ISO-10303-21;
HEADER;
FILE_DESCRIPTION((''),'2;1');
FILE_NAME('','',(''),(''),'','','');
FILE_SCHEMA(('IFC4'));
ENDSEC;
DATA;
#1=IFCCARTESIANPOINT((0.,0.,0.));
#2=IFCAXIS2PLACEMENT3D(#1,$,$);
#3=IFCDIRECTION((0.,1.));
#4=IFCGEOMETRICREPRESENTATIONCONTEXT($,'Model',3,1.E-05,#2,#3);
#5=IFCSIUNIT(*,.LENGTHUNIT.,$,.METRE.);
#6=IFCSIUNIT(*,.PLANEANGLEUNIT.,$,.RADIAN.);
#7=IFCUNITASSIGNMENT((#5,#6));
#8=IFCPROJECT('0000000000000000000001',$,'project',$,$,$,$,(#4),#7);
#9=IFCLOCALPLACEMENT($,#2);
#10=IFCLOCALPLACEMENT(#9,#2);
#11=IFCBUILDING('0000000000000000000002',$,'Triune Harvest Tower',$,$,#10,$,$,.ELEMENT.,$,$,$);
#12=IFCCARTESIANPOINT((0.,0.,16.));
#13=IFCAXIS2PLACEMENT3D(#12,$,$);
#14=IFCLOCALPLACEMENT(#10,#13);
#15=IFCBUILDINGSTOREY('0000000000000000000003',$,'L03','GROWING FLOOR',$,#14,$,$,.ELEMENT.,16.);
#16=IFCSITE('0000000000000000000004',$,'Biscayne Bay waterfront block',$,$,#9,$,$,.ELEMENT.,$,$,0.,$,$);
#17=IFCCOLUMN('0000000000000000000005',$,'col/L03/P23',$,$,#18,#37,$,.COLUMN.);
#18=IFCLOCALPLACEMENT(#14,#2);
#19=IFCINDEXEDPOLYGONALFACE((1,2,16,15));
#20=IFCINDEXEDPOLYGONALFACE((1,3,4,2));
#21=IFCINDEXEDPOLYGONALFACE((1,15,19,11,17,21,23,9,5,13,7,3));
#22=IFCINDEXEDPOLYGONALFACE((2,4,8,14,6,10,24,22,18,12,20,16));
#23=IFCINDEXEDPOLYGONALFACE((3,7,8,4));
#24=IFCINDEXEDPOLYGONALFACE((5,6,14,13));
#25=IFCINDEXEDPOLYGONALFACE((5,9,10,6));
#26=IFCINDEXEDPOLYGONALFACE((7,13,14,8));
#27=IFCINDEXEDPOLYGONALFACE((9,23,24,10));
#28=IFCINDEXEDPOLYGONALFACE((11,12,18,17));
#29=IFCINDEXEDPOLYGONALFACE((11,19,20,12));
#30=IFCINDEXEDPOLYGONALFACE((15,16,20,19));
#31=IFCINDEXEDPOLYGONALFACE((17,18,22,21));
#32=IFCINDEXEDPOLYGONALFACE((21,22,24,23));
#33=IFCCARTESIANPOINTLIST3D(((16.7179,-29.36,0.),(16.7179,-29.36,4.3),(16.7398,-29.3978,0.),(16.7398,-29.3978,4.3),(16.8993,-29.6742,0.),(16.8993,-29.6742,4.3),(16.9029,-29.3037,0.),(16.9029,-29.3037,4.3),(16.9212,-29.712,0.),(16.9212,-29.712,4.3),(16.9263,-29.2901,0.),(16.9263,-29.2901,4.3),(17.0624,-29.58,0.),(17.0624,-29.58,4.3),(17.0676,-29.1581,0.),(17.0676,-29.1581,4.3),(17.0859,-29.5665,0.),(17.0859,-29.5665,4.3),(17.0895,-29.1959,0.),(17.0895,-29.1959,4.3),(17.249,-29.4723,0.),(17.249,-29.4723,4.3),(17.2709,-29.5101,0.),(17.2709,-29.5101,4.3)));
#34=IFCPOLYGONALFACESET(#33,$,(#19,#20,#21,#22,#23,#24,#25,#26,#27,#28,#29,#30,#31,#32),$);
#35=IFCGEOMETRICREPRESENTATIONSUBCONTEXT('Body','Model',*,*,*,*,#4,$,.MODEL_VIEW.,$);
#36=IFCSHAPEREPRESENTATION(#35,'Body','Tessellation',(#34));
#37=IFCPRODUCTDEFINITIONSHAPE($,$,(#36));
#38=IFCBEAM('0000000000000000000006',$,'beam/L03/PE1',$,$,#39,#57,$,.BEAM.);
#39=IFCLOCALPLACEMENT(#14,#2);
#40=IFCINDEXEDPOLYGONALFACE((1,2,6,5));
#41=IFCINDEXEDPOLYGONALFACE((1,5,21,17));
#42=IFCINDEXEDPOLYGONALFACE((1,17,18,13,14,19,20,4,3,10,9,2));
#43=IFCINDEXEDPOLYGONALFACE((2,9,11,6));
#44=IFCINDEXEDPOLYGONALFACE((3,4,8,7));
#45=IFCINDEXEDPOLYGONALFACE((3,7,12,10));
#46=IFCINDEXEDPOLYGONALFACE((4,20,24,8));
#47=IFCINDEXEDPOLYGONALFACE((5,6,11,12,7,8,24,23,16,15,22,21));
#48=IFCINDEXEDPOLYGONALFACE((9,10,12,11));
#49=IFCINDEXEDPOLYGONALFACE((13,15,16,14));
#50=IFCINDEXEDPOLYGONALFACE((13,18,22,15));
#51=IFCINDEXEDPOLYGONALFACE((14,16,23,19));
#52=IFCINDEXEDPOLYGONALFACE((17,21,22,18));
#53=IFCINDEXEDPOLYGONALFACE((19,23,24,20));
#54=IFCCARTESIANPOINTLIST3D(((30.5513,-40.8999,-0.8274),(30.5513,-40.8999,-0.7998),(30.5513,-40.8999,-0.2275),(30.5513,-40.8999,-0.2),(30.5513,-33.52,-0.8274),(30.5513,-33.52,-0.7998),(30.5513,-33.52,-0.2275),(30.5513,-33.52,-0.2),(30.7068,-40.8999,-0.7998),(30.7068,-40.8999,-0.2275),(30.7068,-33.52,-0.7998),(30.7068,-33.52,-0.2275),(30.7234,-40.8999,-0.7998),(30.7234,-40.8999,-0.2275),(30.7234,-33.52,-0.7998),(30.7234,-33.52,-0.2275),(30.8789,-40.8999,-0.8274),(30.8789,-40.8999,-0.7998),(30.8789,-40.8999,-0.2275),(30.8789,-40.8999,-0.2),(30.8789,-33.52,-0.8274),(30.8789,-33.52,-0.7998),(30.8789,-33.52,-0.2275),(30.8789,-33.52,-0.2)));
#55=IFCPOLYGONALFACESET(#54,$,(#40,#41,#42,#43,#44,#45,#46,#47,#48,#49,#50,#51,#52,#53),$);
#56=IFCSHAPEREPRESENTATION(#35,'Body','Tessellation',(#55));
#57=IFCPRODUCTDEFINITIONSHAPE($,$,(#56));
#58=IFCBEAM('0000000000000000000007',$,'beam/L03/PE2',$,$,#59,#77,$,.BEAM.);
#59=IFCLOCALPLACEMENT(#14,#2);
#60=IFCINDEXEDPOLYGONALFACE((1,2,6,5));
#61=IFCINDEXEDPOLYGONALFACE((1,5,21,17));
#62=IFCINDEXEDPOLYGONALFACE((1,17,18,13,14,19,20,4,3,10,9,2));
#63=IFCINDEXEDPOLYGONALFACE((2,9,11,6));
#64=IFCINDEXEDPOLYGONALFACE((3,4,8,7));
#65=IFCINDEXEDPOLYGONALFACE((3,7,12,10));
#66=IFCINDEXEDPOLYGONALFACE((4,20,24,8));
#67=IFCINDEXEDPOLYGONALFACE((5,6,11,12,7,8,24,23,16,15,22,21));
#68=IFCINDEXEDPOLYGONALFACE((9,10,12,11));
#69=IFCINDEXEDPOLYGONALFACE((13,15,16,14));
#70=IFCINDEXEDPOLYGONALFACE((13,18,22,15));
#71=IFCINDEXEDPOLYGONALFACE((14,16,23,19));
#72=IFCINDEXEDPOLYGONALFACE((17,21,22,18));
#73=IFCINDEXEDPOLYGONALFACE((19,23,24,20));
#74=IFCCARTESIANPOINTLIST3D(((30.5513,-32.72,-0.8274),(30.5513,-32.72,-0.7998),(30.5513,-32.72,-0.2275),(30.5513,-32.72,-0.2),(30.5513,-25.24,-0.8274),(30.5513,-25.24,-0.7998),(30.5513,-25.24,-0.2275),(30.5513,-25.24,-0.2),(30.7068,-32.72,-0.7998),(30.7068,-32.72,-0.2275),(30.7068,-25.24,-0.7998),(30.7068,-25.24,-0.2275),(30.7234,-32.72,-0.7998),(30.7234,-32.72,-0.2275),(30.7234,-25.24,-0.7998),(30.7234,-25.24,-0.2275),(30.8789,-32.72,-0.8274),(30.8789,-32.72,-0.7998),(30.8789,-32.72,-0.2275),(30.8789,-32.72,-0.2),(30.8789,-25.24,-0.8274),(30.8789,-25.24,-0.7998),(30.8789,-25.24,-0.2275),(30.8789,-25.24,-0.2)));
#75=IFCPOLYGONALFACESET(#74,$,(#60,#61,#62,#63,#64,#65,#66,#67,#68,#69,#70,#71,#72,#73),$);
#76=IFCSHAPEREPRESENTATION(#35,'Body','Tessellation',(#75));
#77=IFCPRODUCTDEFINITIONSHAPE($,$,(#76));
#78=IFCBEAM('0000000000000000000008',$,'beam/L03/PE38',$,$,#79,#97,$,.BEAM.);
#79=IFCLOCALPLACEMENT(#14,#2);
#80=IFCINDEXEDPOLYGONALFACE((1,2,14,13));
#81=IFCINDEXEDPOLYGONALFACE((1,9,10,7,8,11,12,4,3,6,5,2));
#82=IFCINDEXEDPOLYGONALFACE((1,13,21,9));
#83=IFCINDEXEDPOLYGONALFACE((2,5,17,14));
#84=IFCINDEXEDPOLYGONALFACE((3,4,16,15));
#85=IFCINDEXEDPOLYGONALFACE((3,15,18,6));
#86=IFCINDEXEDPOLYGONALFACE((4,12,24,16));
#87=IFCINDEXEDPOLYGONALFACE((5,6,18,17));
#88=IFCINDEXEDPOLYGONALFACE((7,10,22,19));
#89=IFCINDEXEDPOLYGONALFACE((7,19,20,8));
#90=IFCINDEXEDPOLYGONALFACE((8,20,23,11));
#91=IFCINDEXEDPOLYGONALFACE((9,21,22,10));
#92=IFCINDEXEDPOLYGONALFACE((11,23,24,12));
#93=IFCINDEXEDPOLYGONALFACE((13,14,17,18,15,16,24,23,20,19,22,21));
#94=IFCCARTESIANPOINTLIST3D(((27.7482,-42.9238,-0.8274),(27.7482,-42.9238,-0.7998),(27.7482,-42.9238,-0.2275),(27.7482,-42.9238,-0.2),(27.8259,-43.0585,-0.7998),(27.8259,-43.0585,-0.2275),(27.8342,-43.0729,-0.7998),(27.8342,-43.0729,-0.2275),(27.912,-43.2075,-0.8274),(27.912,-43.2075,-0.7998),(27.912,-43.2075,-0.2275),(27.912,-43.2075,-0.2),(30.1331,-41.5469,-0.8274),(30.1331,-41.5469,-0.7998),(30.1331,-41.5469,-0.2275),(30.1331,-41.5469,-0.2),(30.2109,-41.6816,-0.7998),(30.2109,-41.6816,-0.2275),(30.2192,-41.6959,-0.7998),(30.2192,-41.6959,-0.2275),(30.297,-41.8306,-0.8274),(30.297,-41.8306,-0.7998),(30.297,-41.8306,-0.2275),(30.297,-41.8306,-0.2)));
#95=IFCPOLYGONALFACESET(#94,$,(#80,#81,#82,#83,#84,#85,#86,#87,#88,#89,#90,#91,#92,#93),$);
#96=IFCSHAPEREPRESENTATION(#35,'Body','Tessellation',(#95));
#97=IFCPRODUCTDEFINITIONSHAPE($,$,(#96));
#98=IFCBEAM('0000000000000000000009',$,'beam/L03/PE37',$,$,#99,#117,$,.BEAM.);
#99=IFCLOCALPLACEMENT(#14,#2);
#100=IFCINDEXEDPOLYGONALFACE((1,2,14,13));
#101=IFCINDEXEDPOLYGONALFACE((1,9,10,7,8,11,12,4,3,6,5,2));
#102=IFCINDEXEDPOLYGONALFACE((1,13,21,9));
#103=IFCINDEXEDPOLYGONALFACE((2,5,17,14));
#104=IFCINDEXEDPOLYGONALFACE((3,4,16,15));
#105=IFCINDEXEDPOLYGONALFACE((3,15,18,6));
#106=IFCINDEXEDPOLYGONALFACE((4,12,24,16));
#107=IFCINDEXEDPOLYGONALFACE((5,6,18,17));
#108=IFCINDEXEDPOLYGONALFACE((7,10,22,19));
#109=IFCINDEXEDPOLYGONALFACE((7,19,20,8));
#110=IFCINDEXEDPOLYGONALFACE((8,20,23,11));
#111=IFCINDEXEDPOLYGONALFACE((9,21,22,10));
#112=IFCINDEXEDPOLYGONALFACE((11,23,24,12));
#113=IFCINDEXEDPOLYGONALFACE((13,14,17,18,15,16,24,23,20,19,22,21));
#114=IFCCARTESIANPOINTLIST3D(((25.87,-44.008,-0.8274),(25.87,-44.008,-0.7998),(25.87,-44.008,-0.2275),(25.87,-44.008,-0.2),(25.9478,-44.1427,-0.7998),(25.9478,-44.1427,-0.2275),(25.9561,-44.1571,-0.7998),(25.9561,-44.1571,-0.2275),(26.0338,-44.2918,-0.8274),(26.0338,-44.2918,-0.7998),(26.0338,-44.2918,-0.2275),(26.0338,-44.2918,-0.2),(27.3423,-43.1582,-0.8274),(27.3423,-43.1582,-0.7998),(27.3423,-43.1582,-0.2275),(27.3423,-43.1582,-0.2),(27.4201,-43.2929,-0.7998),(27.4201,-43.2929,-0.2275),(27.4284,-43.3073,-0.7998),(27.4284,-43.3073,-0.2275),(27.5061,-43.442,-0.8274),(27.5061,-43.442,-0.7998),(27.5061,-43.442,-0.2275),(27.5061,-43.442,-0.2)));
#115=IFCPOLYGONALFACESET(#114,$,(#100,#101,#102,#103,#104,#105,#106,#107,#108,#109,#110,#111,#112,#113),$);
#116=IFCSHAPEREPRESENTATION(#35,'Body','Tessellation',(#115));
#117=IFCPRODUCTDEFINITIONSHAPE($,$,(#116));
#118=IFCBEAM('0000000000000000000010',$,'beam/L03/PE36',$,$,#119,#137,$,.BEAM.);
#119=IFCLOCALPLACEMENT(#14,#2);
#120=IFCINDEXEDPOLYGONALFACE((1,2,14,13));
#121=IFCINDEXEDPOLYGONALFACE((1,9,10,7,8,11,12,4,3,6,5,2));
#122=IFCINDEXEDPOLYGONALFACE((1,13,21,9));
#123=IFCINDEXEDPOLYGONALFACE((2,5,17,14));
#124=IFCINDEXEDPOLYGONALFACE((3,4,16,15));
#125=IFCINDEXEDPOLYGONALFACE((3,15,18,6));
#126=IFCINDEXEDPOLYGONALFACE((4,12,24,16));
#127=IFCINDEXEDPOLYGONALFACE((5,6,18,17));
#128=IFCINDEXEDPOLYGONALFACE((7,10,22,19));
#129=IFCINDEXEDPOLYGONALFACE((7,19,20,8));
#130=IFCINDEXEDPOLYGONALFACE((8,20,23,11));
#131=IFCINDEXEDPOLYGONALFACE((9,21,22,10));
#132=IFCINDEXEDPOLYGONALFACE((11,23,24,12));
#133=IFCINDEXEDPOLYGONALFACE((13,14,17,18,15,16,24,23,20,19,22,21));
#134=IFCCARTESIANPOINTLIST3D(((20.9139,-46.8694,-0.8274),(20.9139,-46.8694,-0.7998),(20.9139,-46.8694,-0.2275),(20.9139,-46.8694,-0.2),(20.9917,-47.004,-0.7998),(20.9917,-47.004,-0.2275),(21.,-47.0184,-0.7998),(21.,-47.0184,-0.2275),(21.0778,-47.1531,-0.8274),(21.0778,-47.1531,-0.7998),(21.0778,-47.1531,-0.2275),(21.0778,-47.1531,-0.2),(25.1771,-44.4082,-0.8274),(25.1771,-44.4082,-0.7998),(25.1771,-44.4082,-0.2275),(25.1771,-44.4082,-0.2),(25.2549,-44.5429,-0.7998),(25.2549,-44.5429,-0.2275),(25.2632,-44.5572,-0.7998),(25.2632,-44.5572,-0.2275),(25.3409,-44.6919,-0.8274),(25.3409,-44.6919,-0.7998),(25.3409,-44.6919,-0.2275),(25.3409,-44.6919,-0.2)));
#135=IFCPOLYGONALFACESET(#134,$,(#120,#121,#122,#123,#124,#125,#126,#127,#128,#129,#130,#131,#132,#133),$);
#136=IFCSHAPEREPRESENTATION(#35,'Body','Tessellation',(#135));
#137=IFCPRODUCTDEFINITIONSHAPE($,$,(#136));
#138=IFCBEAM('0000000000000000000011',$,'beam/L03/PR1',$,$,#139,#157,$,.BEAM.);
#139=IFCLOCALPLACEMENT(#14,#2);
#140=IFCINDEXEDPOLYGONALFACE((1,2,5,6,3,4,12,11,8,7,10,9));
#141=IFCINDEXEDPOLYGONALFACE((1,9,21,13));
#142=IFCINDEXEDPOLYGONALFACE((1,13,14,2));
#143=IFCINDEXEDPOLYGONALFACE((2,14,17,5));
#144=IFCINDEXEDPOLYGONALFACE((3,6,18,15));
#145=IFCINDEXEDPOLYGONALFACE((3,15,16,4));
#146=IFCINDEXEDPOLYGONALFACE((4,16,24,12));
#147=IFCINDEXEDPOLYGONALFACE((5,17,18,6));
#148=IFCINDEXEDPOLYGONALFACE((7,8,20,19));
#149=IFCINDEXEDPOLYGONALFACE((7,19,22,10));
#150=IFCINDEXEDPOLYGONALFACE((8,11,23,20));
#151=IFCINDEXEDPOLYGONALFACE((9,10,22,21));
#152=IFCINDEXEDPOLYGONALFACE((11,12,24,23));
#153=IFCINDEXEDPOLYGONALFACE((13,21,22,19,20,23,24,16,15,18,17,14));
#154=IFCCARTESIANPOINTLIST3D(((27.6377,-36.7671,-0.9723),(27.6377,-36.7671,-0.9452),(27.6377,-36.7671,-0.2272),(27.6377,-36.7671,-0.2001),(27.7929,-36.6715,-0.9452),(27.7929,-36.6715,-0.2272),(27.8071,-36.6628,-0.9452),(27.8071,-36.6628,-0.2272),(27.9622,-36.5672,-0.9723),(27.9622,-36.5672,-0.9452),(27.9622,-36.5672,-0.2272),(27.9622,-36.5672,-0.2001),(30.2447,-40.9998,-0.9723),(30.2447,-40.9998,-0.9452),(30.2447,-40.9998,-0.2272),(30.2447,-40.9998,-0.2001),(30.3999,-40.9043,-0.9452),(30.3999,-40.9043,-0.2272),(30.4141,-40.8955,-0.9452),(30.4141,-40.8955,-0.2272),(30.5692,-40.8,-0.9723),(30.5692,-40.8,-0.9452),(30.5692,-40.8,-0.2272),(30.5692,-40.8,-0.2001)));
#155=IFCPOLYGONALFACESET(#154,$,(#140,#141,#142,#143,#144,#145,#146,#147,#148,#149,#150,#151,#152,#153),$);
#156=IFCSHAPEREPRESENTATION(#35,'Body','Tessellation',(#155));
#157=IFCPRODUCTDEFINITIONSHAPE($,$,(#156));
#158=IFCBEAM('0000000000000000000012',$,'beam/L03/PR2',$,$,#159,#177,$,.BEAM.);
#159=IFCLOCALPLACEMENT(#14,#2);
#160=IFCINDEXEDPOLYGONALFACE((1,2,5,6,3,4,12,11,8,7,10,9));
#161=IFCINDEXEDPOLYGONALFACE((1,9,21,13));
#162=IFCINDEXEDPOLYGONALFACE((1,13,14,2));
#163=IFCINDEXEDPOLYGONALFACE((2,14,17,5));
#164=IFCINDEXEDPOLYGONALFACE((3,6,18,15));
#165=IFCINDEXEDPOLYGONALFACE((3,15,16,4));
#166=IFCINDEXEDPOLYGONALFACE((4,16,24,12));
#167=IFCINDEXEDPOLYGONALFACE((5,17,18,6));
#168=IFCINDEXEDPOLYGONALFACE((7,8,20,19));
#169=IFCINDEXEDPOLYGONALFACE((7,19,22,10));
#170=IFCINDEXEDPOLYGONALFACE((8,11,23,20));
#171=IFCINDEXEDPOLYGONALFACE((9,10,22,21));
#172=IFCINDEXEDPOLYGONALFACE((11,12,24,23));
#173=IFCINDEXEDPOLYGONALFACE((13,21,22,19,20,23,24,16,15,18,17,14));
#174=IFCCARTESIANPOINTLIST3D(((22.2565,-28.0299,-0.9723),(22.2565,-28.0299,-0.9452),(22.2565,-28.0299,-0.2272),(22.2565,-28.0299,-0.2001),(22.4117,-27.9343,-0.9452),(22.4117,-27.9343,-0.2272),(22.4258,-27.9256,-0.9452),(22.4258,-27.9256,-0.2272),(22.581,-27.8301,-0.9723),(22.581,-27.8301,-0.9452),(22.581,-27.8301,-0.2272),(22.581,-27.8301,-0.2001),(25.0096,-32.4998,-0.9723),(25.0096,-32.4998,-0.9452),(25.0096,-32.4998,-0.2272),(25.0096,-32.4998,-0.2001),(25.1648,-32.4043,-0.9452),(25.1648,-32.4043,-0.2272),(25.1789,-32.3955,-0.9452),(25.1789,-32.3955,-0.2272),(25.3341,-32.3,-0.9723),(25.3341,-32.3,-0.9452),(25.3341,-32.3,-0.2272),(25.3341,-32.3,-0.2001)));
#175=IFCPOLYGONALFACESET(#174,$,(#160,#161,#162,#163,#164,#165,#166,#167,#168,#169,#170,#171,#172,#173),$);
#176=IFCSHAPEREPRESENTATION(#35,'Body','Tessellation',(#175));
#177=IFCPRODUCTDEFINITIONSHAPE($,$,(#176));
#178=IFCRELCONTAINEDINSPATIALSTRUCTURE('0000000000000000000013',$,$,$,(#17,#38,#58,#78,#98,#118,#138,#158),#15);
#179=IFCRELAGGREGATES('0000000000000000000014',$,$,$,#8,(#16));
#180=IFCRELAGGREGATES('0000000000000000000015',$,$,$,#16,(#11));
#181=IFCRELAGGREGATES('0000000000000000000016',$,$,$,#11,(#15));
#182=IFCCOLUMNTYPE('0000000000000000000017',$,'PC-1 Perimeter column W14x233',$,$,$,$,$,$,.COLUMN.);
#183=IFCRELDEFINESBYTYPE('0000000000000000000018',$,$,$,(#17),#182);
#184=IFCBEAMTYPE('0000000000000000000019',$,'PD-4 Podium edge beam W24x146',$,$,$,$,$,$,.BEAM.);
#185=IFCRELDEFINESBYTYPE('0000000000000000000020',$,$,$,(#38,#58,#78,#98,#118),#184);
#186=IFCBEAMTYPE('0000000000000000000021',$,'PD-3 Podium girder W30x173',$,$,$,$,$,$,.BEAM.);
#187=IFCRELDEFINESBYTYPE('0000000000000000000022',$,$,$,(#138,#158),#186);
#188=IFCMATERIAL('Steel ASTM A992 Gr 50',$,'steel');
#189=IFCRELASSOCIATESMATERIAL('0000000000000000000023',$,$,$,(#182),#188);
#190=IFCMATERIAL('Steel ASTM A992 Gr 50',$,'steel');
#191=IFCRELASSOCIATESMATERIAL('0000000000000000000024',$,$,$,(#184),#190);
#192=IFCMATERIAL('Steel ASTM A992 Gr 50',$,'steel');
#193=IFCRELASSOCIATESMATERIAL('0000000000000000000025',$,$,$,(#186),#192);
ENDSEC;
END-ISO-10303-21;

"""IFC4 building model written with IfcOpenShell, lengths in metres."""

from ifc_helpers import new_model, si_unit, direction, frame, origin, origin_2d, place, context, subcontext, project, spatial, i_section, extrude, source, transform, mapped, material, material_profile, profile_set, type_object, element, save


model = new_model("IFC4")

# Units and contexts
model_context = context("Model", 3, precision=1e-05, world=origin(), true_north=direction((0.0, 1.0)))
body_context = subcontext(model_context, "Body", "Model", "MODEL_VIEW")
ifc_project = project(units=[si_unit("LENGTHUNIT", "METRE"), si_unit("PLANEANGLEUNIT", "RADIAN")], contexts=[model_context])

# Site, building, storey
site_placement = place(None, origin())
site = spatial("IfcSite", under=ifc_project, at=site_placement, Name="Biscayne Bay waterfront block", CompositionType="ELEMENT", RefElevation=0.0)
building_placement = place(site_placement, origin())
building = spatial("IfcBuilding", under=site, at=building_placement, Name="Triune Harvest Tower", CompositionType="ELEMENT")
storey_placement = place(building_placement, frame((0.0, 0.0, 16.0)))
storey = spatial("IfcBuildingStorey", under=building, at=storey_placement, Name="L03", Description="GROWING FLOOR", CompositionType="ELEMENT", Elevation=16.0)

# Column
ifc_material_1 = material(Name="Steel ASTM A992 Gr 50", Category="steel")
ifc_material_profile_1 = material_profile(ifc_material_1, i_section(OverallWidth=0.4038, OverallDepth=0.4065, WebThickness=0.0271, FlangeThickness=0.0437, at=origin_2d()), Name="W14x233")
ifc_profile_set_1 = profile_set([ifc_material_profile_1], Name="Steel ASTM A992 Gr 50")
column_type = type_object("IfcColumnType", Name="PC-1 Perimeter column W14x233", PredefinedType="COLUMN", material=ifc_profile_set_1)
shared_shape_1 = source(origin(), body_context, "Body", "SweptSolid", [
    extrude(i_section(OverallWidth=0.4038, OverallDepth=0.4065, WebThickness=0.0271, FlangeThickness=0.0437, at=origin_2d()), origin(), (0.0, 0.0, 1.0), 4.3),
])
column_placement = place(storey_placement, frame((16.9944, -29.4351, 0.0), z_axis=(0.0, 0.0, 1.0), x_axis=(0.866026, 0.499998, 0.0)))
element("IfcColumn", 1, at=column_placement, inside=storey, type_object=column_type, Name="col/L03/P23", PredefinedType="COLUMN", context=body_context, shape_type="MappedRepresentation", body=[
    mapped(shared_shape_1, transform((0.0, 0.0, 0.0), scale=1.0)),
])

# Beams
ifc_material_2 = material(Name="Steel ASTM A992 Gr 50", Category="steel")
ifc_material_profile_2 = material_profile(ifc_material_2, i_section(OverallWidth=0.3276, OverallDepth=0.6274, WebThickness=0.0166, FlangeThickness=0.0276, at=origin_2d()), Name="W24x146")
ifc_profile_set_2 = profile_set([ifc_material_profile_2], Name="Steel ASTM A992 Gr 50")
beam_type_1 = type_object("IfcBeamType", Name="PD-4 Podium edge beam W24x146", PredefinedType="BEAM", material=ifc_profile_set_2)
shared_shape_2 = source(origin(), body_context, "Body", "SweptSolid", [
    extrude(i_section(OverallWidth=0.3276, OverallDepth=0.6274, WebThickness=0.0166, FlangeThickness=0.0276, at=origin_2d()), origin(), (0.0, 0.0, 1.0), 7.3799),
])
beam_1_placement = place(storey_placement, frame((30.7151, -40.8999, -0.5137), z_axis=(0.0, 1.0, 0.0), x_axis=(-1.0, 0.0, 0.0)))
element("IfcBeam", 2, at=beam_1_placement, inside=storey, type_object=beam_type_1, Name="beam/L03/PE1", PredefinedType="BEAM", context=body_context, shape_type="MappedRepresentation", body=[
    mapped(shared_shape_2, transform((0.0, 0.0, 0.0), scale=1.0)),
])
shared_shape_3 = source(origin(), body_context, "Body", "SweptSolid", [
    extrude(i_section(OverallWidth=0.3276, OverallDepth=0.6274, WebThickness=0.0166, FlangeThickness=0.0276, at=origin_2d()), origin(), (0.0, 0.0, 1.0), 7.48),
])
beam_2_placement = place(storey_placement, frame((30.7151, -32.72, -0.5137), z_axis=(0.0, 1.0, 0.0), x_axis=(-1.0, 0.0, 0.0)))
element("IfcBeam", 3, at=beam_2_placement, inside=storey, type_object=beam_type_1, Name="beam/L03/PE2", PredefinedType="BEAM", context=body_context, shape_type="MappedRepresentation", body=[
    mapped(shared_shape_3, transform((0.0, 0.0, 0.0), scale=1.0)),
])
shared_shape_4 = source(origin(), body_context, "Body", "SweptSolid", [
    extrude(i_section(OverallWidth=0.3276, OverallDepth=0.6274, WebThickness=0.0166, FlangeThickness=0.0276, at=origin_2d()), origin(), (0.0, 0.0, 1.0), 2.7539),
])
beam_3_placement = place(storey_placement, frame((27.8301, -43.0657, -0.5137), z_axis=(0.866031, 0.499991, 0.0), x_axis=(-0.499991, 0.866031, 0.0)))
element("IfcBeam", 4, at=beam_3_placement, inside=storey, type_object=beam_type_1, Name="beam/L03/PE38", PredefinedType="BEAM", context=body_context, shape_type="MappedRepresentation", body=[
    mapped(shared_shape_4, transform((0.0, 0.0, 0.0), scale=1.0)),
])
shared_shape_5 = source(origin(), body_context, "Body", "SweptSolid", [
    extrude(i_section(OverallWidth=0.3276, OverallDepth=0.6274, WebThickness=0.0166, FlangeThickness=0.0276, at=origin_2d()), origin(), (0.0, 0.0, 1.0), 1.7),
])
beam_4_placement = place(storey_placement, frame((25.9519, -44.1499, -0.5137), z_axis=(0.866088, 0.499892, 0.0), x_axis=(-0.499892, 0.866088, 0.0)))
element("IfcBeam", 5, at=beam_4_placement, inside=storey, type_object=beam_type_1, Name="beam/L03/PE37", PredefinedType="BEAM", context=body_context, shape_type="MappedRepresentation", body=[
    mapped(shared_shape_5, transform((0.0, 0.0, 0.0), scale=1.0)),
])
shared_shape_6 = source(origin(), body_context, "Body", "SweptSolid", [
    extrude(i_section(OverallWidth=0.3276, OverallDepth=0.6274, WebThickness=0.0166, FlangeThickness=0.0276, at=origin_2d()), origin(), (0.0, 0.0, 1.0), 4.9226),
])
beam_5_placement = place(storey_placement, frame((20.9958, -47.0112, -0.5137), z_axis=(0.86604, 0.499974, 0.0), x_axis=(-0.499974, 0.86604, 0.0)))
element("IfcBeam", 6, at=beam_5_placement, inside=storey, type_object=beam_type_1, Name="beam/L03/PE36", PredefinedType="BEAM", context=body_context, shape_type="MappedRepresentation", body=[
    mapped(shared_shape_6, transform((0.0, 0.0, 0.0), scale=1.0)),
])
ifc_material_3 = material(Name="Steel ASTM A992 Gr 50", Category="steel")
ifc_material_profile_3 = material_profile(ifc_material_3, i_section(OverallWidth=0.3811, OverallDepth=0.7722, WebThickness=0.0166, FlangeThickness=0.0271, at=origin_2d()), Name="W30x173")
ifc_profile_set_3 = profile_set([ifc_material_profile_3], Name="Steel ASTM A992 Gr 50")
beam_type_2 = type_object("IfcBeamType", Name="PD-3 Podium girder W30x173", PredefinedType="BEAM", material=ifc_profile_set_3)
shared_shape_7 = source(origin(), body_context, "Body", "SweptSolid", [
    extrude(i_section(OverallWidth=0.3811, OverallDepth=0.7722, WebThickness=0.0166, FlangeThickness=0.0271, at=origin_2d()), origin(), (0.0, 0.0, 1.0), 4.9712),
])
beam_6_placement = place(storey_placement, frame((30.407, -40.8999, -0.5862), z_axis=(-0.524421, 0.851459, 0.0), x_axis=(-0.851459, -0.524421, 0.0)))
element("IfcBeam", 7, at=beam_6_placement, inside=storey, type_object=beam_type_2, Name="beam/L03/PR1", PredefinedType="BEAM", context=body_context, shape_type="MappedRepresentation", body=[
    mapped(shared_shape_7, transform((0.0, 0.0, 0.0), scale=1.0)),
])
shared_shape_8 = source(origin(), body_context, "Body", "SweptSolid", [
    extrude(i_section(OverallWidth=0.3811, OverallDepth=0.7722, WebThickness=0.0166, FlangeThickness=0.0271, at=origin_2d()), origin(), (0.0, 0.0, 1.0), 5.2498),
])
beam_7_placement = place(storey_placement, frame((25.1719, -32.3999, -0.5862), z_axis=(-0.524432, 0.851452, 0.0), x_axis=(-0.851452, -0.524432, 0.0)))
element("IfcBeam", 8, at=beam_7_placement, inside=storey, type_object=beam_type_2, Name="beam/L03/PR2", PredefinedType="BEAM", context=body_context, shape_type="MappedRepresentation", body=[
    mapped(shared_shape_8, transform((0.0, 0.0, 0.0), scale=1.0)),
])

save(model, "model.ifc")
